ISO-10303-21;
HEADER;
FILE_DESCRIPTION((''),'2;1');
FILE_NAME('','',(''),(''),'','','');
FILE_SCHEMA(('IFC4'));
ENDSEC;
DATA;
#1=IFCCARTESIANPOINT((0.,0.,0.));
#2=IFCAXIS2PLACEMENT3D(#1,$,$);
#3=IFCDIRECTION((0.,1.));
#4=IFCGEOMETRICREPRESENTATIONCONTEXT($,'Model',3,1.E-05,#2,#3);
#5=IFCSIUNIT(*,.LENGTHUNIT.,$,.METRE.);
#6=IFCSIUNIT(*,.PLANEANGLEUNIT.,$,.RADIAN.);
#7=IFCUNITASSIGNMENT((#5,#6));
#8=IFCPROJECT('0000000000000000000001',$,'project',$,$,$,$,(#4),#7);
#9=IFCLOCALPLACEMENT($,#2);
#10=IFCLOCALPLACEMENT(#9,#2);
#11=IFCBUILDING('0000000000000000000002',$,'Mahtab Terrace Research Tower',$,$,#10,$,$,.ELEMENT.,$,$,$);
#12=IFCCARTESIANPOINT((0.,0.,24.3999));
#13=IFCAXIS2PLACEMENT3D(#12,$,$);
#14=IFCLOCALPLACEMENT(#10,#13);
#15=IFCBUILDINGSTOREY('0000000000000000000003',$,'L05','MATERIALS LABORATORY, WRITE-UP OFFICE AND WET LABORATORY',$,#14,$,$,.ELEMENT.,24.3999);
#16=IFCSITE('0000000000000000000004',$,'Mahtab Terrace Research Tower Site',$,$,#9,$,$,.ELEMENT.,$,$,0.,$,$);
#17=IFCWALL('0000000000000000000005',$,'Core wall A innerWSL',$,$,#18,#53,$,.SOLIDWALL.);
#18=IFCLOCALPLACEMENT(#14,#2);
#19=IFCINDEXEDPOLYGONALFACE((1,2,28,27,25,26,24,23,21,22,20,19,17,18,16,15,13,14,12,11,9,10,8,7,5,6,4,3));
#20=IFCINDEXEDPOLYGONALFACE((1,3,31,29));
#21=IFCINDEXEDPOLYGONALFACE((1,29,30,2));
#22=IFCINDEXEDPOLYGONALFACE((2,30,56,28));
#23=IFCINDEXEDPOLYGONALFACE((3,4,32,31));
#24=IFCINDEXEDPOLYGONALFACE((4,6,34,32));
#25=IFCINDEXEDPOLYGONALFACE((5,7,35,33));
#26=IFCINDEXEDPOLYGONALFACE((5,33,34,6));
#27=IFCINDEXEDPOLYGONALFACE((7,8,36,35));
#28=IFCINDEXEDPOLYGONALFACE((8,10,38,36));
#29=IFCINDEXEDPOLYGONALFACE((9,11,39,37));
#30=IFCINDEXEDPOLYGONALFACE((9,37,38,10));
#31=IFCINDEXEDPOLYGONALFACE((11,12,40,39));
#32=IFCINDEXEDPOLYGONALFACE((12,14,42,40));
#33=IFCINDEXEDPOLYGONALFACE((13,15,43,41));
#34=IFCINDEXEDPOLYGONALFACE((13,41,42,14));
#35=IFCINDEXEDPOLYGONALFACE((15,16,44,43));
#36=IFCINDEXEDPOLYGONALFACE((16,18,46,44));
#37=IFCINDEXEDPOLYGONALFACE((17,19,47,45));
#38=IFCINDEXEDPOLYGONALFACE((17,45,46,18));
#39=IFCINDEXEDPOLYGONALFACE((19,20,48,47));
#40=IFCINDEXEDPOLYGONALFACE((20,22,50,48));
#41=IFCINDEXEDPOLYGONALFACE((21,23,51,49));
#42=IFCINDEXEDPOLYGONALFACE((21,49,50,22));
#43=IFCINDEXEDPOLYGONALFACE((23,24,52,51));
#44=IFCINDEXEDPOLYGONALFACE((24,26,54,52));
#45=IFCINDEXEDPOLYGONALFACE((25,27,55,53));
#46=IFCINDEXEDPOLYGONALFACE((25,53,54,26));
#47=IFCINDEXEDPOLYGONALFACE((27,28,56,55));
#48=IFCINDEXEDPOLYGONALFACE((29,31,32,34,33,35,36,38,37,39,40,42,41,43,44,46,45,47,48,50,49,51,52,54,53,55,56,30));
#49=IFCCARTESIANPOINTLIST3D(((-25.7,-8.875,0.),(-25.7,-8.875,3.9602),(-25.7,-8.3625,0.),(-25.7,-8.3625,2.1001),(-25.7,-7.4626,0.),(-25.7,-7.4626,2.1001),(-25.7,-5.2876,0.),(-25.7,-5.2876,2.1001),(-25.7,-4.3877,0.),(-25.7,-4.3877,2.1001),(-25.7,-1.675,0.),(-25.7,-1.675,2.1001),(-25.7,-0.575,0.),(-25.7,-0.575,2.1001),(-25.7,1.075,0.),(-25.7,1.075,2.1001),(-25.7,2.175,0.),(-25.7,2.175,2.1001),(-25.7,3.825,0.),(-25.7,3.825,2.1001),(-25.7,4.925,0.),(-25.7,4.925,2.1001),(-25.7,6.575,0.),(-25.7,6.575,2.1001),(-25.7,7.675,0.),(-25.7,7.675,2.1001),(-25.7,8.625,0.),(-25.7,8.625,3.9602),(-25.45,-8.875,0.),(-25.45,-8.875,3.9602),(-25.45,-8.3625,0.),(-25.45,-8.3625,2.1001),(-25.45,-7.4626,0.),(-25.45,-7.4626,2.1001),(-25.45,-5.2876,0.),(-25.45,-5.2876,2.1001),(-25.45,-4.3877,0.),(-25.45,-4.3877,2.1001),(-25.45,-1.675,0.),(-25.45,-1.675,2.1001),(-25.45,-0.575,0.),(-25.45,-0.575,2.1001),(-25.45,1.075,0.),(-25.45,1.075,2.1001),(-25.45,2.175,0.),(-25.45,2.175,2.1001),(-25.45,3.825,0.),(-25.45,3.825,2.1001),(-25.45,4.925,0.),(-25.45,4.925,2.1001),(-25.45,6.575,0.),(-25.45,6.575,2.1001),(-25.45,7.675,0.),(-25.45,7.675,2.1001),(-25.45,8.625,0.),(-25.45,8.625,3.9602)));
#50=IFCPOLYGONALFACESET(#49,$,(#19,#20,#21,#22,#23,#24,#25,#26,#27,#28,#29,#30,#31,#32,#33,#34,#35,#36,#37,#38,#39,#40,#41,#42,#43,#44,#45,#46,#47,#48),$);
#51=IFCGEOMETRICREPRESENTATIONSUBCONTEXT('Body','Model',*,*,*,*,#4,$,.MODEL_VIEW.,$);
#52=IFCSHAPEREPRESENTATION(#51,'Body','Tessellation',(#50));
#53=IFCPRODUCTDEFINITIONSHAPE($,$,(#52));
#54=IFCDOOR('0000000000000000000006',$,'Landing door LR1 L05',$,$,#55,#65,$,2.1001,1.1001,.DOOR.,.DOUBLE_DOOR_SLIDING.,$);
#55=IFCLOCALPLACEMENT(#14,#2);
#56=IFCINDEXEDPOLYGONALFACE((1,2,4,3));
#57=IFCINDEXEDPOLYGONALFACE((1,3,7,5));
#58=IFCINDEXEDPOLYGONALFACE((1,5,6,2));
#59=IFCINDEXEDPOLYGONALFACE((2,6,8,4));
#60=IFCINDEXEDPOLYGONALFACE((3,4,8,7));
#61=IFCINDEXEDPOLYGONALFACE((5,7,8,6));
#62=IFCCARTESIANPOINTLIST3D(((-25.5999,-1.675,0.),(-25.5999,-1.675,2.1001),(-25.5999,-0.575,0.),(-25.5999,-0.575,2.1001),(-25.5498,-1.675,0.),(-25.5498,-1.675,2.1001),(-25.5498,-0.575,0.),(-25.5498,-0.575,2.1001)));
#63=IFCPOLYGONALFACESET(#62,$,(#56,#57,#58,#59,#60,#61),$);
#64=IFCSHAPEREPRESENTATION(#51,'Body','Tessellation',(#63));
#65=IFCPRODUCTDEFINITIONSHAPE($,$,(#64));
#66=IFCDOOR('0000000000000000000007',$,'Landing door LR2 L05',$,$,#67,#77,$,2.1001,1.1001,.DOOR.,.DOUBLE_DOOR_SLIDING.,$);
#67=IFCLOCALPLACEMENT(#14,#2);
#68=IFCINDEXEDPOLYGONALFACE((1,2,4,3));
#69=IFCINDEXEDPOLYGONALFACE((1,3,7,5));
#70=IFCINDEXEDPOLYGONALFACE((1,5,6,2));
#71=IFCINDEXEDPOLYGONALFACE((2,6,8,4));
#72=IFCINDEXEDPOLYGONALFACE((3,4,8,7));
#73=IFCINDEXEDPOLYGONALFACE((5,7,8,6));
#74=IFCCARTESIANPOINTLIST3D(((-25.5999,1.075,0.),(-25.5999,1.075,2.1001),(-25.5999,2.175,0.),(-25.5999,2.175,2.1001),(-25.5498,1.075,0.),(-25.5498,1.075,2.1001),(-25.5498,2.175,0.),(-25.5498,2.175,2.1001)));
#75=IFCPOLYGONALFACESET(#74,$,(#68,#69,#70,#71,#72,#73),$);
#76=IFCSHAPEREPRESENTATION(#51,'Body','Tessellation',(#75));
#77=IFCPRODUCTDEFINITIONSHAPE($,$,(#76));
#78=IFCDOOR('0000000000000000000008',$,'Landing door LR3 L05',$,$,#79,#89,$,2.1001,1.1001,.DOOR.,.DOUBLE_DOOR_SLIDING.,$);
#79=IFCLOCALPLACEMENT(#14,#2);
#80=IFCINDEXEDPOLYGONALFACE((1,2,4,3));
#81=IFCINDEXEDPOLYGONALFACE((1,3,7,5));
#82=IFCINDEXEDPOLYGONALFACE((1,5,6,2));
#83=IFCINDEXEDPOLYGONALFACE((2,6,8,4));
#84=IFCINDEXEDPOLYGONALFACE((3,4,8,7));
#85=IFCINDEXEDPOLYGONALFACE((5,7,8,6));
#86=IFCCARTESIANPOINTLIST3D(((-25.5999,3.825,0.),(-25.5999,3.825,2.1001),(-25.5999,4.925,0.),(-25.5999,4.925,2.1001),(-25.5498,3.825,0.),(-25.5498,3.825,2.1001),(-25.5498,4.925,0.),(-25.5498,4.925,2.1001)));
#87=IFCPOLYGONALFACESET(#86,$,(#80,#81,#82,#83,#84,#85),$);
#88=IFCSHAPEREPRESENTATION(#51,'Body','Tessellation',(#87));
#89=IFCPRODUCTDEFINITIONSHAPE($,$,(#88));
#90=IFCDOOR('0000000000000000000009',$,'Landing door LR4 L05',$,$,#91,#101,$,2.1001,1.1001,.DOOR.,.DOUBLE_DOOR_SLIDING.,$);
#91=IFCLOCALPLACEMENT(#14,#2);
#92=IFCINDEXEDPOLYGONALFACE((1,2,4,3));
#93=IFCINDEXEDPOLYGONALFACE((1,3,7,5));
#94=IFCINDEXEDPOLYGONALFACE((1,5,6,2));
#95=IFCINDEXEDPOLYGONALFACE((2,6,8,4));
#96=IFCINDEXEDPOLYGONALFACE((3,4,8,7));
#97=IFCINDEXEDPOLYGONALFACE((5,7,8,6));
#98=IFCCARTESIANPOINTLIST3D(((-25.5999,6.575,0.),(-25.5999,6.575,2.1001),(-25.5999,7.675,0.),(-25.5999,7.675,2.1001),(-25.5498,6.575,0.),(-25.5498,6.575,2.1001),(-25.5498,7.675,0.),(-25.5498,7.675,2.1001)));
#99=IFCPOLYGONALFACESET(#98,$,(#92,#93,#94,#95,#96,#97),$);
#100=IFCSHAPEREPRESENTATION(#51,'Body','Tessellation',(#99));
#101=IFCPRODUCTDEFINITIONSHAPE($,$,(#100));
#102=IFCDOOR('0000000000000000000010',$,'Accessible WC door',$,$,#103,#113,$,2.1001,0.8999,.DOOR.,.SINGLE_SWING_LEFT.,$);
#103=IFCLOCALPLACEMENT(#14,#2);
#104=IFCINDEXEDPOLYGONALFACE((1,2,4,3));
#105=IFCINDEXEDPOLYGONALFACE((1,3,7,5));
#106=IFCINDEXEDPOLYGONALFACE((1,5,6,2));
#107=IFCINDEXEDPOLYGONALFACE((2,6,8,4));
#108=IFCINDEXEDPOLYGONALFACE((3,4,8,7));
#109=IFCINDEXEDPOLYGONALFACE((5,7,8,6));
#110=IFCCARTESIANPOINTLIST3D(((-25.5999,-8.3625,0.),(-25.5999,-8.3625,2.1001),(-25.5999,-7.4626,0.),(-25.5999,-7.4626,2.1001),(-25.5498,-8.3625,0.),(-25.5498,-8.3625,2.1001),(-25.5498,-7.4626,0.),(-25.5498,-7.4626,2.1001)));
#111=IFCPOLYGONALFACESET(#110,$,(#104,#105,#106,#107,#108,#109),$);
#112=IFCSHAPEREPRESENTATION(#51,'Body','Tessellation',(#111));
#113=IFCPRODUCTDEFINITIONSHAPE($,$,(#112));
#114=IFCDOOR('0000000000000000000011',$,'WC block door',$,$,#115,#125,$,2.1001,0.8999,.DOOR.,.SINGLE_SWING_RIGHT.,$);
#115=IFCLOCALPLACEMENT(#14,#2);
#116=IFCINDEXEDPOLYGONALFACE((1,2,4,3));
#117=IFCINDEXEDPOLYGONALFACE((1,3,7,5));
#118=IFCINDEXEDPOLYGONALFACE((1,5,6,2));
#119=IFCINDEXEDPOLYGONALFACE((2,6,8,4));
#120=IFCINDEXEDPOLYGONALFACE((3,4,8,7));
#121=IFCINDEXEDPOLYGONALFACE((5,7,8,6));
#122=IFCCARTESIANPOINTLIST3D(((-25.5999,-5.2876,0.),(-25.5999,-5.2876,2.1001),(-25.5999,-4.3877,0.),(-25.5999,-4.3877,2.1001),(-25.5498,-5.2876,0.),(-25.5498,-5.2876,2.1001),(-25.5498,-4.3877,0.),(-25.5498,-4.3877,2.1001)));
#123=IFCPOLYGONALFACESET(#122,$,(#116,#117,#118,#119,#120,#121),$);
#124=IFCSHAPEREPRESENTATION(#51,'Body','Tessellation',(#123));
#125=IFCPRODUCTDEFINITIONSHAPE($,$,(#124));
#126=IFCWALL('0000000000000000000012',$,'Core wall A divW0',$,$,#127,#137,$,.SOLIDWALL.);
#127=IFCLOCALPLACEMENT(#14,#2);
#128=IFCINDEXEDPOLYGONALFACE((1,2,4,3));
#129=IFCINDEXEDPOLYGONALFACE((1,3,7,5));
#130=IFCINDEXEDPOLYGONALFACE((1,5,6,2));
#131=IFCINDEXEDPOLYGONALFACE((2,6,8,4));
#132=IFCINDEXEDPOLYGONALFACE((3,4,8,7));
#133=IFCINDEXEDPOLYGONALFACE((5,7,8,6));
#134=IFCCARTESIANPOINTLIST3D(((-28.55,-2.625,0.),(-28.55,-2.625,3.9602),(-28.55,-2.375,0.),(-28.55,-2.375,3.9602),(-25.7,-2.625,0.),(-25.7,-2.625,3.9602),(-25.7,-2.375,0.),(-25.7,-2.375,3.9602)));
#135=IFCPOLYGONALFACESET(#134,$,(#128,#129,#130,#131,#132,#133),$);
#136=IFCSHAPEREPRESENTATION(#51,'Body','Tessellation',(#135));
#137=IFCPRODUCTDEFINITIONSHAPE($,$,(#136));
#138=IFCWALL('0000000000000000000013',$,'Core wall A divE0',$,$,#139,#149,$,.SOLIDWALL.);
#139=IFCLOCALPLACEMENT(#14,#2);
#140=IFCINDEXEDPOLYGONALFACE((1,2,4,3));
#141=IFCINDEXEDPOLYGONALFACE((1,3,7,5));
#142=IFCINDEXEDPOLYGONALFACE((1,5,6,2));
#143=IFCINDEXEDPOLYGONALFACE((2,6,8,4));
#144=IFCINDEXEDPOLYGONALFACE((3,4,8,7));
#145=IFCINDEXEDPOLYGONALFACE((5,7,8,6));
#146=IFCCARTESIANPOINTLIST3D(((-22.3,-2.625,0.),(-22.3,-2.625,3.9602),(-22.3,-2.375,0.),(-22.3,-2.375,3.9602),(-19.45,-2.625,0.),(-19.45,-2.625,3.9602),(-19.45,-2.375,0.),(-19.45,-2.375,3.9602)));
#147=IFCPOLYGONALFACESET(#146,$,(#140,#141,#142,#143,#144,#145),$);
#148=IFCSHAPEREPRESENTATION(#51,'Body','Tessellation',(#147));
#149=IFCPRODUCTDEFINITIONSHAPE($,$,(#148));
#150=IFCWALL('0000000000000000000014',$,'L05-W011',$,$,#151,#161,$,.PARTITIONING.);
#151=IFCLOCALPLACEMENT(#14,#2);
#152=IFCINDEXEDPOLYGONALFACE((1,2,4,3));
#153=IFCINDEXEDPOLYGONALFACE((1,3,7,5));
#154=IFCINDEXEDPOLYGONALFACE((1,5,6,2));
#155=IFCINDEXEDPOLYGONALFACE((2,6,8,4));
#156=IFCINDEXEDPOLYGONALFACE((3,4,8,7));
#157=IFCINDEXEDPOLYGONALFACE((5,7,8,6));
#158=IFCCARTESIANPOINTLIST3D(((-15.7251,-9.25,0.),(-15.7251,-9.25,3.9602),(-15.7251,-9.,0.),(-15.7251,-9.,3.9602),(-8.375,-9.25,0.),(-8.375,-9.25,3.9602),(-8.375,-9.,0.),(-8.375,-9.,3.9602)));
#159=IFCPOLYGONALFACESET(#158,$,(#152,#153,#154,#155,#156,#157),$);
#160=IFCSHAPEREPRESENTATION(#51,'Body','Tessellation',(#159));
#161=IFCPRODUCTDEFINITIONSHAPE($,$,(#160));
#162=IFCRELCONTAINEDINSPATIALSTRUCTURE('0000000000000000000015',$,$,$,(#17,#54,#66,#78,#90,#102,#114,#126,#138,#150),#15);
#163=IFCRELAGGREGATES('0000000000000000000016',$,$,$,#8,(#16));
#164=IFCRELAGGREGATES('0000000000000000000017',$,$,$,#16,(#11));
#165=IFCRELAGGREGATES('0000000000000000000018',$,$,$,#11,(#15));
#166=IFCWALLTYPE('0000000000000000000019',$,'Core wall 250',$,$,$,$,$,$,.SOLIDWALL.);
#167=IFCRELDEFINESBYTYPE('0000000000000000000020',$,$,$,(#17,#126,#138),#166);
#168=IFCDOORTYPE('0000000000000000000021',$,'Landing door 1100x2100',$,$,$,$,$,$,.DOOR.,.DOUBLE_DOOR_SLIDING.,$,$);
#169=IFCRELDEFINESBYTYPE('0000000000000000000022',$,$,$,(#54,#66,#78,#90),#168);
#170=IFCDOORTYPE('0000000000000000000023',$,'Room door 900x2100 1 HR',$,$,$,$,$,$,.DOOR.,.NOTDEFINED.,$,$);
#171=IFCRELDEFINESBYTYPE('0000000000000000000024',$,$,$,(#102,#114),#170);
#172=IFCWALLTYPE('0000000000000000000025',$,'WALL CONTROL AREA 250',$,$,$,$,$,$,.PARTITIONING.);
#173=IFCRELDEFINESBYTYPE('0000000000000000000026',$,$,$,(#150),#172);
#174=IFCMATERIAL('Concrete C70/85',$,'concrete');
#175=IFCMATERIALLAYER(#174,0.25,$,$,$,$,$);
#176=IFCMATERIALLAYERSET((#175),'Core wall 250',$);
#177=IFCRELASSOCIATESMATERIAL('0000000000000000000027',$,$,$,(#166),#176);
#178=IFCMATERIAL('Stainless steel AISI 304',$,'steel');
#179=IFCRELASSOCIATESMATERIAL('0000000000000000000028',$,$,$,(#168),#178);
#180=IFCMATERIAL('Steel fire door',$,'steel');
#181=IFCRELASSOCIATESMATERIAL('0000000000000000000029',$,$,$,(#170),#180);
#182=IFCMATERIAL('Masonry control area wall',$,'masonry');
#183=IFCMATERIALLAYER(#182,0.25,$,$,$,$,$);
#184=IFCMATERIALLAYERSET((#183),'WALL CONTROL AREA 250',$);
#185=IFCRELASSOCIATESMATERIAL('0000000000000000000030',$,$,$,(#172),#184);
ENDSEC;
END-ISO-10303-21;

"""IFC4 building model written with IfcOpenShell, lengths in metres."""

from ifc_helpers import new_model, si_unit, direction, frame, frame_2d, origin, place, context, subcontext, project, spatial, rectangle, extrude, material, layer, layer_set, type_object, element, fill, save


model = new_model("IFC4")

# Units and contexts
model_context = context("Model", 3, precision=1e-05, world=origin(), true_north=direction((0.0, 1.0)))
body_context = subcontext(model_context, "Body", "Model", "MODEL_VIEW")
ifc_project = project(units=[si_unit("LENGTHUNIT", "METRE"), si_unit("PLANEANGLEUNIT", "RADIAN")], contexts=[model_context])

# Site, building, storey
site_placement = place(None, origin())
site = spatial("IfcSite", under=ifc_project, at=site_placement, Name="Mahtab Terrace Research Tower Site", CompositionType="ELEMENT", RefElevation=0.0)
building_placement = place(site_placement, origin())
building = spatial("IfcBuilding", under=site, at=building_placement, Name="Mahtab Terrace Research Tower", CompositionType="ELEMENT")
storey_placement = place(building_placement, frame((0.0, 0.0, 24.3999)))
storey = spatial("IfcBuildingStorey", under=building, at=storey_placement, Name="L05", Description="MATERIALS LABORATORY, WRITE-UP OFFICE AND WET LABORATORY", CompositionType="ELEMENT", Elevation=24.3999)

# Shared definitions
ifc_material_1 = material(Name="Concrete C70/85", Category="concrete")

# Shared definitions
ifc_layer_1 = layer(ifc_material_1, 0.25)
ifc_layer_set_1 = layer_set([ifc_layer_1], Name="Core wall 250")
wall_type_1 = type_object("IfcWallType", Name="Core wall 250", PredefinedType="SOLIDWALL", material=ifc_layer_set_1)
ifc_material_2 = material(Name="Steel fire door", Category="steel")

# Wall, openings, doors
wall_1_placement = place(storey_placement, frame((-25.575, -8.875, 0.0), z_axis=(0.0, 0.0, 1.0), x_axis=(0.0, 1.0, 0.0)))
wall_1 = element("IfcWall", 1, at=wall_1_placement, inside=storey, type_object=wall_type_1, Name="Core wall A innerWSL", PredefinedType="SOLIDWALL", context=body_context, shape_type="SweptSolid", body=[
    extrude(rectangle(XDim=17.5, YDim=0.25, at=frame_2d((8.75, 0.0))), origin(), (0.0, 0.0, 1.0), 3.9602),
])
opening_1_placement = place(wall_1_placement, frame((7.2, 0.0, 0.0)))
opening_1 = element("IfcOpeningElement", 2, at=opening_1_placement, cuts=wall_1, PredefinedType="OPENING", context=body_context, shape_type="SweptSolid", body=[
    extrude(rectangle(XDim=1.1001, YDim=2.1001, at=frame_2d((0.55, 1.05))), frame((0.0, 0.135, 0.0), z_axis=(0.0, -1.0, 0.0), x_axis=(1.0, 0.0, 0.0)), (0.0, 0.0, 1.0), 0.27),
])
opening_2_placement = place(wall_1_placement, frame((9.95, 0.0, 0.0)))
opening_2 = element("IfcOpeningElement", 3, at=opening_2_placement, cuts=wall_1, PredefinedType="OPENING", context=body_context, shape_type="SweptSolid", body=[
    extrude(rectangle(XDim=1.1001, YDim=2.1001, at=frame_2d((0.55, 1.05))), frame((0.0, 0.135, 0.0), z_axis=(0.0, -1.0, 0.0), x_axis=(1.0, 0.0, 0.0)), (0.0, 0.0, 1.0), 0.27),
])
opening_3_placement = place(wall_1_placement, frame((12.7, 0.0, 0.0)))
opening_3 = element("IfcOpeningElement", 4, at=opening_3_placement, cuts=wall_1, PredefinedType="OPENING", context=body_context, shape_type="SweptSolid", body=[
    extrude(rectangle(XDim=1.1001, YDim=2.1001, at=frame_2d((0.55, 1.05))), frame((0.0, 0.135, 0.0), z_axis=(0.0, -1.0, 0.0), x_axis=(1.0, 0.0, 0.0)), (0.0, 0.0, 1.0), 0.27),
])
opening_4_placement = place(wall_1_placement, frame((15.45, 0.0, 0.0)))
opening_4 = element("IfcOpeningElement", 5, at=opening_4_placement, cuts=wall_1, PredefinedType="OPENING", context=body_context, shape_type="SweptSolid", body=[
    extrude(rectangle(XDim=1.1001, YDim=2.1001, at=frame_2d((0.55, 1.05))), frame((0.0, 0.135, 0.0), z_axis=(0.0, -1.0, 0.0), x_axis=(1.0, 0.0, 0.0)), (0.0, 0.0, 1.0), 0.27),
])
opening_5_placement = place(wall_1_placement, frame((0.5125, 0.0, 0.0)))
opening_5 = element("IfcOpeningElement", 6, at=opening_5_placement, cuts=wall_1, PredefinedType="OPENING", context=body_context, shape_type="SweptSolid", body=[
    extrude(rectangle(XDim=0.8999, YDim=2.1001, at=frame_2d((0.45, 1.05))), frame((0.0, 0.135, 0.0), z_axis=(0.0, -1.0, 0.0), x_axis=(1.0, 0.0, 0.0)), (0.0, 0.0, 1.0), 0.27),
])
opening_6_placement = place(wall_1_placement, frame((3.5874, 0.0, 0.0)))
opening_6 = element("IfcOpeningElement", 7, at=opening_6_placement, cuts=wall_1, PredefinedType="OPENING", context=body_context, shape_type="SweptSolid", body=[
    extrude(rectangle(XDim=0.8999, YDim=2.1001, at=frame_2d((0.45, 1.05))), frame((0.0, 0.135, 0.0), z_axis=(0.0, -1.0, 0.0), x_axis=(1.0, 0.0, 0.0)), (0.0, 0.0, 1.0), 0.27),
])
ifc_material_3 = material(Name="Stainless steel AISI 304", Category="steel")
door_type_1 = type_object("IfcDoorType", Name="Landing door 1100x2100", OperationType="DOUBLE_DOOR_SLIDING", PredefinedType="DOOR", material=ifc_material_3)
door_1_placement = place(opening_1_placement, origin())
door_1 = element("IfcDoor", 8, at=door_1_placement, inside=storey, type_object=door_type_1, Name="Landing door LR1 L05", OperationType="DOUBLE_DOOR_SLIDING", OverallHeight=2.1001, OverallWidth=1.1001, PredefinedType="DOOR", context=body_context, shape_type="SweptSolid", body=[
    extrude(rectangle(XDim=1.1001, YDim=2.1001, at=frame_2d((0.55, 1.05))), frame((0.0, 0.0249, 0.0), z_axis=(0.0, -1.0, 0.0), x_axis=(1.0, 0.0, 0.0)), (0.0, 0.0, 1.0), 0.05),
])
fill(opening_1, door_1)
door_2_placement = place(opening_2_placement, origin())
door_2 = element("IfcDoor", 9, at=door_2_placement, inside=storey, type_object=door_type_1, Name="Landing door LR2 L05", OperationType="DOUBLE_DOOR_SLIDING", OverallHeight=2.1001, OverallWidth=1.1001, PredefinedType="DOOR", context=body_context, shape_type="SweptSolid", body=[
    extrude(rectangle(XDim=1.1001, YDim=2.1001, at=frame_2d((0.55, 1.05))), frame((0.0, 0.0249, 0.0), z_axis=(0.0, -1.0, 0.0), x_axis=(1.0, 0.0, 0.0)), (0.0, 0.0, 1.0), 0.05),
])
fill(opening_2, door_2)
door_3_placement = place(opening_3_placement, origin())
door_3 = element("IfcDoor", 10, at=door_3_placement, inside=storey, type_object=door_type_1, Name="Landing door LR3 L05", OperationType="DOUBLE_DOOR_SLIDING", OverallHeight=2.1001, OverallWidth=1.1001, PredefinedType="DOOR", context=body_context, shape_type="SweptSolid", body=[
    extrude(rectangle(XDim=1.1001, YDim=2.1001, at=frame_2d((0.55, 1.05))), frame((0.0, 0.0249, 0.0), z_axis=(0.0, -1.0, 0.0), x_axis=(1.0, 0.0, 0.0)), (0.0, 0.0, 1.0), 0.05),
])
fill(opening_3, door_3)
door_4_placement = place(opening_4_placement, origin())
door_4 = element("IfcDoor", 11, at=door_4_placement, inside=storey, type_object=door_type_1, Name="Landing door LR4 L05", OperationType="DOUBLE_DOOR_SLIDING", OverallHeight=2.1001, OverallWidth=1.1001, PredefinedType="DOOR", context=body_context, shape_type="SweptSolid", body=[
    extrude(rectangle(XDim=1.1001, YDim=2.1001, at=frame_2d((0.55, 1.05))), frame((0.0, 0.0249, 0.0), z_axis=(0.0, -1.0, 0.0), x_axis=(1.0, 0.0, 0.0)), (0.0, 0.0, 1.0), 0.05),
])
fill(opening_4, door_4)
door_type_2 = type_object("IfcDoorType", Name="Room door 900x2100 1 HR", OperationType="NOTDEFINED", PredefinedType="DOOR", material=ifc_material_2)
door_5_placement = place(opening_5_placement, origin())
door_5 = element("IfcDoor", 12, at=door_5_placement, inside=storey, type_object=door_type_2, Name="Accessible WC door", OperationType="SINGLE_SWING_LEFT", OverallHeight=2.1001, OverallWidth=0.8999, PredefinedType="DOOR", context=body_context, shape_type="SweptSolid", body=[
    extrude(rectangle(XDim=0.8999, YDim=2.1001, at=frame_2d((0.45, 1.05))), frame((0.0, 0.0249, 0.0), z_axis=(0.0, -1.0, 0.0), x_axis=(1.0, 0.0, 0.0)), (0.0, 0.0, 1.0), 0.05),
])
fill(opening_5, door_5)
door_6_placement = place(opening_6_placement, origin())
door_6 = element("IfcDoor", 13, at=door_6_placement, inside=storey, type_object=door_type_2, Name="WC block door", OperationType="SINGLE_SWING_RIGHT", OverallHeight=2.1001, OverallWidth=0.8999, PredefinedType="DOOR", context=body_context, shape_type="SweptSolid", body=[
    extrude(rectangle(XDim=0.8999, YDim=2.1001, at=frame_2d((0.45, 1.05))), frame((0.0, 0.0249, 0.0), z_axis=(0.0, -1.0, 0.0), x_axis=(1.0, 0.0, 0.0)), (0.0, 0.0, 1.0), 0.05),
])
fill(opening_6, door_6)

# Walls
for number, where, z_axis, x_axis, name in (
    (14, (-28.55, -2.5, 0.0), (0.0, 0.0, 1.0), (1.0, 0.0, 0.0), "Core wall A divW0"),
    (15, (-22.3, -2.5, 0.0), (0.0, 0.0, 1.0), (1.0, 0.0, 0.0), "Core wall A divE0"),
):
    element("IfcWall", number, at=place(storey_placement, frame(where, z_axis=z_axis, x_axis=x_axis)), inside=storey, type_object=wall_type_1, Name=name, PredefinedType="SOLIDWALL", context=body_context, shape_type="SweptSolid", body=[
        extrude(rectangle(XDim=2.8501, YDim=0.25, at=frame_2d((1.425, 0.0))), origin(), (0.0, 0.0, 1.0), 3.9602),
    ])
ifc_material_4 = material(Name="Masonry control area wall", Category="masonry")
ifc_layer_2 = layer(ifc_material_4, 0.25)
ifc_layer_set_2 = layer_set([ifc_layer_2], Name="WALL CONTROL AREA 250")
wall_type_2 = type_object("IfcWallType", Name="WALL CONTROL AREA 250", PredefinedType="PARTITIONING", material=ifc_layer_set_2)
wall_2_placement = place(storey_placement, frame((-15.7251, -9.125, 0.0), z_axis=(0.0, 0.0, 1.0), x_axis=(1.0, 0.0, 0.0)))
element("IfcWall", 16, at=wall_2_placement, inside=storey, type_object=wall_type_2, Name="L05-W011", PredefinedType="PARTITIONING", context=body_context, shape_type="SweptSolid", body=[
    extrude(rectangle(XDim=7.3501, YDim=0.25, at=frame_2d((3.675, 0.0))), origin(), (0.0, 0.0, 1.0), 3.9602),
])

save(model, "model.ifc")
